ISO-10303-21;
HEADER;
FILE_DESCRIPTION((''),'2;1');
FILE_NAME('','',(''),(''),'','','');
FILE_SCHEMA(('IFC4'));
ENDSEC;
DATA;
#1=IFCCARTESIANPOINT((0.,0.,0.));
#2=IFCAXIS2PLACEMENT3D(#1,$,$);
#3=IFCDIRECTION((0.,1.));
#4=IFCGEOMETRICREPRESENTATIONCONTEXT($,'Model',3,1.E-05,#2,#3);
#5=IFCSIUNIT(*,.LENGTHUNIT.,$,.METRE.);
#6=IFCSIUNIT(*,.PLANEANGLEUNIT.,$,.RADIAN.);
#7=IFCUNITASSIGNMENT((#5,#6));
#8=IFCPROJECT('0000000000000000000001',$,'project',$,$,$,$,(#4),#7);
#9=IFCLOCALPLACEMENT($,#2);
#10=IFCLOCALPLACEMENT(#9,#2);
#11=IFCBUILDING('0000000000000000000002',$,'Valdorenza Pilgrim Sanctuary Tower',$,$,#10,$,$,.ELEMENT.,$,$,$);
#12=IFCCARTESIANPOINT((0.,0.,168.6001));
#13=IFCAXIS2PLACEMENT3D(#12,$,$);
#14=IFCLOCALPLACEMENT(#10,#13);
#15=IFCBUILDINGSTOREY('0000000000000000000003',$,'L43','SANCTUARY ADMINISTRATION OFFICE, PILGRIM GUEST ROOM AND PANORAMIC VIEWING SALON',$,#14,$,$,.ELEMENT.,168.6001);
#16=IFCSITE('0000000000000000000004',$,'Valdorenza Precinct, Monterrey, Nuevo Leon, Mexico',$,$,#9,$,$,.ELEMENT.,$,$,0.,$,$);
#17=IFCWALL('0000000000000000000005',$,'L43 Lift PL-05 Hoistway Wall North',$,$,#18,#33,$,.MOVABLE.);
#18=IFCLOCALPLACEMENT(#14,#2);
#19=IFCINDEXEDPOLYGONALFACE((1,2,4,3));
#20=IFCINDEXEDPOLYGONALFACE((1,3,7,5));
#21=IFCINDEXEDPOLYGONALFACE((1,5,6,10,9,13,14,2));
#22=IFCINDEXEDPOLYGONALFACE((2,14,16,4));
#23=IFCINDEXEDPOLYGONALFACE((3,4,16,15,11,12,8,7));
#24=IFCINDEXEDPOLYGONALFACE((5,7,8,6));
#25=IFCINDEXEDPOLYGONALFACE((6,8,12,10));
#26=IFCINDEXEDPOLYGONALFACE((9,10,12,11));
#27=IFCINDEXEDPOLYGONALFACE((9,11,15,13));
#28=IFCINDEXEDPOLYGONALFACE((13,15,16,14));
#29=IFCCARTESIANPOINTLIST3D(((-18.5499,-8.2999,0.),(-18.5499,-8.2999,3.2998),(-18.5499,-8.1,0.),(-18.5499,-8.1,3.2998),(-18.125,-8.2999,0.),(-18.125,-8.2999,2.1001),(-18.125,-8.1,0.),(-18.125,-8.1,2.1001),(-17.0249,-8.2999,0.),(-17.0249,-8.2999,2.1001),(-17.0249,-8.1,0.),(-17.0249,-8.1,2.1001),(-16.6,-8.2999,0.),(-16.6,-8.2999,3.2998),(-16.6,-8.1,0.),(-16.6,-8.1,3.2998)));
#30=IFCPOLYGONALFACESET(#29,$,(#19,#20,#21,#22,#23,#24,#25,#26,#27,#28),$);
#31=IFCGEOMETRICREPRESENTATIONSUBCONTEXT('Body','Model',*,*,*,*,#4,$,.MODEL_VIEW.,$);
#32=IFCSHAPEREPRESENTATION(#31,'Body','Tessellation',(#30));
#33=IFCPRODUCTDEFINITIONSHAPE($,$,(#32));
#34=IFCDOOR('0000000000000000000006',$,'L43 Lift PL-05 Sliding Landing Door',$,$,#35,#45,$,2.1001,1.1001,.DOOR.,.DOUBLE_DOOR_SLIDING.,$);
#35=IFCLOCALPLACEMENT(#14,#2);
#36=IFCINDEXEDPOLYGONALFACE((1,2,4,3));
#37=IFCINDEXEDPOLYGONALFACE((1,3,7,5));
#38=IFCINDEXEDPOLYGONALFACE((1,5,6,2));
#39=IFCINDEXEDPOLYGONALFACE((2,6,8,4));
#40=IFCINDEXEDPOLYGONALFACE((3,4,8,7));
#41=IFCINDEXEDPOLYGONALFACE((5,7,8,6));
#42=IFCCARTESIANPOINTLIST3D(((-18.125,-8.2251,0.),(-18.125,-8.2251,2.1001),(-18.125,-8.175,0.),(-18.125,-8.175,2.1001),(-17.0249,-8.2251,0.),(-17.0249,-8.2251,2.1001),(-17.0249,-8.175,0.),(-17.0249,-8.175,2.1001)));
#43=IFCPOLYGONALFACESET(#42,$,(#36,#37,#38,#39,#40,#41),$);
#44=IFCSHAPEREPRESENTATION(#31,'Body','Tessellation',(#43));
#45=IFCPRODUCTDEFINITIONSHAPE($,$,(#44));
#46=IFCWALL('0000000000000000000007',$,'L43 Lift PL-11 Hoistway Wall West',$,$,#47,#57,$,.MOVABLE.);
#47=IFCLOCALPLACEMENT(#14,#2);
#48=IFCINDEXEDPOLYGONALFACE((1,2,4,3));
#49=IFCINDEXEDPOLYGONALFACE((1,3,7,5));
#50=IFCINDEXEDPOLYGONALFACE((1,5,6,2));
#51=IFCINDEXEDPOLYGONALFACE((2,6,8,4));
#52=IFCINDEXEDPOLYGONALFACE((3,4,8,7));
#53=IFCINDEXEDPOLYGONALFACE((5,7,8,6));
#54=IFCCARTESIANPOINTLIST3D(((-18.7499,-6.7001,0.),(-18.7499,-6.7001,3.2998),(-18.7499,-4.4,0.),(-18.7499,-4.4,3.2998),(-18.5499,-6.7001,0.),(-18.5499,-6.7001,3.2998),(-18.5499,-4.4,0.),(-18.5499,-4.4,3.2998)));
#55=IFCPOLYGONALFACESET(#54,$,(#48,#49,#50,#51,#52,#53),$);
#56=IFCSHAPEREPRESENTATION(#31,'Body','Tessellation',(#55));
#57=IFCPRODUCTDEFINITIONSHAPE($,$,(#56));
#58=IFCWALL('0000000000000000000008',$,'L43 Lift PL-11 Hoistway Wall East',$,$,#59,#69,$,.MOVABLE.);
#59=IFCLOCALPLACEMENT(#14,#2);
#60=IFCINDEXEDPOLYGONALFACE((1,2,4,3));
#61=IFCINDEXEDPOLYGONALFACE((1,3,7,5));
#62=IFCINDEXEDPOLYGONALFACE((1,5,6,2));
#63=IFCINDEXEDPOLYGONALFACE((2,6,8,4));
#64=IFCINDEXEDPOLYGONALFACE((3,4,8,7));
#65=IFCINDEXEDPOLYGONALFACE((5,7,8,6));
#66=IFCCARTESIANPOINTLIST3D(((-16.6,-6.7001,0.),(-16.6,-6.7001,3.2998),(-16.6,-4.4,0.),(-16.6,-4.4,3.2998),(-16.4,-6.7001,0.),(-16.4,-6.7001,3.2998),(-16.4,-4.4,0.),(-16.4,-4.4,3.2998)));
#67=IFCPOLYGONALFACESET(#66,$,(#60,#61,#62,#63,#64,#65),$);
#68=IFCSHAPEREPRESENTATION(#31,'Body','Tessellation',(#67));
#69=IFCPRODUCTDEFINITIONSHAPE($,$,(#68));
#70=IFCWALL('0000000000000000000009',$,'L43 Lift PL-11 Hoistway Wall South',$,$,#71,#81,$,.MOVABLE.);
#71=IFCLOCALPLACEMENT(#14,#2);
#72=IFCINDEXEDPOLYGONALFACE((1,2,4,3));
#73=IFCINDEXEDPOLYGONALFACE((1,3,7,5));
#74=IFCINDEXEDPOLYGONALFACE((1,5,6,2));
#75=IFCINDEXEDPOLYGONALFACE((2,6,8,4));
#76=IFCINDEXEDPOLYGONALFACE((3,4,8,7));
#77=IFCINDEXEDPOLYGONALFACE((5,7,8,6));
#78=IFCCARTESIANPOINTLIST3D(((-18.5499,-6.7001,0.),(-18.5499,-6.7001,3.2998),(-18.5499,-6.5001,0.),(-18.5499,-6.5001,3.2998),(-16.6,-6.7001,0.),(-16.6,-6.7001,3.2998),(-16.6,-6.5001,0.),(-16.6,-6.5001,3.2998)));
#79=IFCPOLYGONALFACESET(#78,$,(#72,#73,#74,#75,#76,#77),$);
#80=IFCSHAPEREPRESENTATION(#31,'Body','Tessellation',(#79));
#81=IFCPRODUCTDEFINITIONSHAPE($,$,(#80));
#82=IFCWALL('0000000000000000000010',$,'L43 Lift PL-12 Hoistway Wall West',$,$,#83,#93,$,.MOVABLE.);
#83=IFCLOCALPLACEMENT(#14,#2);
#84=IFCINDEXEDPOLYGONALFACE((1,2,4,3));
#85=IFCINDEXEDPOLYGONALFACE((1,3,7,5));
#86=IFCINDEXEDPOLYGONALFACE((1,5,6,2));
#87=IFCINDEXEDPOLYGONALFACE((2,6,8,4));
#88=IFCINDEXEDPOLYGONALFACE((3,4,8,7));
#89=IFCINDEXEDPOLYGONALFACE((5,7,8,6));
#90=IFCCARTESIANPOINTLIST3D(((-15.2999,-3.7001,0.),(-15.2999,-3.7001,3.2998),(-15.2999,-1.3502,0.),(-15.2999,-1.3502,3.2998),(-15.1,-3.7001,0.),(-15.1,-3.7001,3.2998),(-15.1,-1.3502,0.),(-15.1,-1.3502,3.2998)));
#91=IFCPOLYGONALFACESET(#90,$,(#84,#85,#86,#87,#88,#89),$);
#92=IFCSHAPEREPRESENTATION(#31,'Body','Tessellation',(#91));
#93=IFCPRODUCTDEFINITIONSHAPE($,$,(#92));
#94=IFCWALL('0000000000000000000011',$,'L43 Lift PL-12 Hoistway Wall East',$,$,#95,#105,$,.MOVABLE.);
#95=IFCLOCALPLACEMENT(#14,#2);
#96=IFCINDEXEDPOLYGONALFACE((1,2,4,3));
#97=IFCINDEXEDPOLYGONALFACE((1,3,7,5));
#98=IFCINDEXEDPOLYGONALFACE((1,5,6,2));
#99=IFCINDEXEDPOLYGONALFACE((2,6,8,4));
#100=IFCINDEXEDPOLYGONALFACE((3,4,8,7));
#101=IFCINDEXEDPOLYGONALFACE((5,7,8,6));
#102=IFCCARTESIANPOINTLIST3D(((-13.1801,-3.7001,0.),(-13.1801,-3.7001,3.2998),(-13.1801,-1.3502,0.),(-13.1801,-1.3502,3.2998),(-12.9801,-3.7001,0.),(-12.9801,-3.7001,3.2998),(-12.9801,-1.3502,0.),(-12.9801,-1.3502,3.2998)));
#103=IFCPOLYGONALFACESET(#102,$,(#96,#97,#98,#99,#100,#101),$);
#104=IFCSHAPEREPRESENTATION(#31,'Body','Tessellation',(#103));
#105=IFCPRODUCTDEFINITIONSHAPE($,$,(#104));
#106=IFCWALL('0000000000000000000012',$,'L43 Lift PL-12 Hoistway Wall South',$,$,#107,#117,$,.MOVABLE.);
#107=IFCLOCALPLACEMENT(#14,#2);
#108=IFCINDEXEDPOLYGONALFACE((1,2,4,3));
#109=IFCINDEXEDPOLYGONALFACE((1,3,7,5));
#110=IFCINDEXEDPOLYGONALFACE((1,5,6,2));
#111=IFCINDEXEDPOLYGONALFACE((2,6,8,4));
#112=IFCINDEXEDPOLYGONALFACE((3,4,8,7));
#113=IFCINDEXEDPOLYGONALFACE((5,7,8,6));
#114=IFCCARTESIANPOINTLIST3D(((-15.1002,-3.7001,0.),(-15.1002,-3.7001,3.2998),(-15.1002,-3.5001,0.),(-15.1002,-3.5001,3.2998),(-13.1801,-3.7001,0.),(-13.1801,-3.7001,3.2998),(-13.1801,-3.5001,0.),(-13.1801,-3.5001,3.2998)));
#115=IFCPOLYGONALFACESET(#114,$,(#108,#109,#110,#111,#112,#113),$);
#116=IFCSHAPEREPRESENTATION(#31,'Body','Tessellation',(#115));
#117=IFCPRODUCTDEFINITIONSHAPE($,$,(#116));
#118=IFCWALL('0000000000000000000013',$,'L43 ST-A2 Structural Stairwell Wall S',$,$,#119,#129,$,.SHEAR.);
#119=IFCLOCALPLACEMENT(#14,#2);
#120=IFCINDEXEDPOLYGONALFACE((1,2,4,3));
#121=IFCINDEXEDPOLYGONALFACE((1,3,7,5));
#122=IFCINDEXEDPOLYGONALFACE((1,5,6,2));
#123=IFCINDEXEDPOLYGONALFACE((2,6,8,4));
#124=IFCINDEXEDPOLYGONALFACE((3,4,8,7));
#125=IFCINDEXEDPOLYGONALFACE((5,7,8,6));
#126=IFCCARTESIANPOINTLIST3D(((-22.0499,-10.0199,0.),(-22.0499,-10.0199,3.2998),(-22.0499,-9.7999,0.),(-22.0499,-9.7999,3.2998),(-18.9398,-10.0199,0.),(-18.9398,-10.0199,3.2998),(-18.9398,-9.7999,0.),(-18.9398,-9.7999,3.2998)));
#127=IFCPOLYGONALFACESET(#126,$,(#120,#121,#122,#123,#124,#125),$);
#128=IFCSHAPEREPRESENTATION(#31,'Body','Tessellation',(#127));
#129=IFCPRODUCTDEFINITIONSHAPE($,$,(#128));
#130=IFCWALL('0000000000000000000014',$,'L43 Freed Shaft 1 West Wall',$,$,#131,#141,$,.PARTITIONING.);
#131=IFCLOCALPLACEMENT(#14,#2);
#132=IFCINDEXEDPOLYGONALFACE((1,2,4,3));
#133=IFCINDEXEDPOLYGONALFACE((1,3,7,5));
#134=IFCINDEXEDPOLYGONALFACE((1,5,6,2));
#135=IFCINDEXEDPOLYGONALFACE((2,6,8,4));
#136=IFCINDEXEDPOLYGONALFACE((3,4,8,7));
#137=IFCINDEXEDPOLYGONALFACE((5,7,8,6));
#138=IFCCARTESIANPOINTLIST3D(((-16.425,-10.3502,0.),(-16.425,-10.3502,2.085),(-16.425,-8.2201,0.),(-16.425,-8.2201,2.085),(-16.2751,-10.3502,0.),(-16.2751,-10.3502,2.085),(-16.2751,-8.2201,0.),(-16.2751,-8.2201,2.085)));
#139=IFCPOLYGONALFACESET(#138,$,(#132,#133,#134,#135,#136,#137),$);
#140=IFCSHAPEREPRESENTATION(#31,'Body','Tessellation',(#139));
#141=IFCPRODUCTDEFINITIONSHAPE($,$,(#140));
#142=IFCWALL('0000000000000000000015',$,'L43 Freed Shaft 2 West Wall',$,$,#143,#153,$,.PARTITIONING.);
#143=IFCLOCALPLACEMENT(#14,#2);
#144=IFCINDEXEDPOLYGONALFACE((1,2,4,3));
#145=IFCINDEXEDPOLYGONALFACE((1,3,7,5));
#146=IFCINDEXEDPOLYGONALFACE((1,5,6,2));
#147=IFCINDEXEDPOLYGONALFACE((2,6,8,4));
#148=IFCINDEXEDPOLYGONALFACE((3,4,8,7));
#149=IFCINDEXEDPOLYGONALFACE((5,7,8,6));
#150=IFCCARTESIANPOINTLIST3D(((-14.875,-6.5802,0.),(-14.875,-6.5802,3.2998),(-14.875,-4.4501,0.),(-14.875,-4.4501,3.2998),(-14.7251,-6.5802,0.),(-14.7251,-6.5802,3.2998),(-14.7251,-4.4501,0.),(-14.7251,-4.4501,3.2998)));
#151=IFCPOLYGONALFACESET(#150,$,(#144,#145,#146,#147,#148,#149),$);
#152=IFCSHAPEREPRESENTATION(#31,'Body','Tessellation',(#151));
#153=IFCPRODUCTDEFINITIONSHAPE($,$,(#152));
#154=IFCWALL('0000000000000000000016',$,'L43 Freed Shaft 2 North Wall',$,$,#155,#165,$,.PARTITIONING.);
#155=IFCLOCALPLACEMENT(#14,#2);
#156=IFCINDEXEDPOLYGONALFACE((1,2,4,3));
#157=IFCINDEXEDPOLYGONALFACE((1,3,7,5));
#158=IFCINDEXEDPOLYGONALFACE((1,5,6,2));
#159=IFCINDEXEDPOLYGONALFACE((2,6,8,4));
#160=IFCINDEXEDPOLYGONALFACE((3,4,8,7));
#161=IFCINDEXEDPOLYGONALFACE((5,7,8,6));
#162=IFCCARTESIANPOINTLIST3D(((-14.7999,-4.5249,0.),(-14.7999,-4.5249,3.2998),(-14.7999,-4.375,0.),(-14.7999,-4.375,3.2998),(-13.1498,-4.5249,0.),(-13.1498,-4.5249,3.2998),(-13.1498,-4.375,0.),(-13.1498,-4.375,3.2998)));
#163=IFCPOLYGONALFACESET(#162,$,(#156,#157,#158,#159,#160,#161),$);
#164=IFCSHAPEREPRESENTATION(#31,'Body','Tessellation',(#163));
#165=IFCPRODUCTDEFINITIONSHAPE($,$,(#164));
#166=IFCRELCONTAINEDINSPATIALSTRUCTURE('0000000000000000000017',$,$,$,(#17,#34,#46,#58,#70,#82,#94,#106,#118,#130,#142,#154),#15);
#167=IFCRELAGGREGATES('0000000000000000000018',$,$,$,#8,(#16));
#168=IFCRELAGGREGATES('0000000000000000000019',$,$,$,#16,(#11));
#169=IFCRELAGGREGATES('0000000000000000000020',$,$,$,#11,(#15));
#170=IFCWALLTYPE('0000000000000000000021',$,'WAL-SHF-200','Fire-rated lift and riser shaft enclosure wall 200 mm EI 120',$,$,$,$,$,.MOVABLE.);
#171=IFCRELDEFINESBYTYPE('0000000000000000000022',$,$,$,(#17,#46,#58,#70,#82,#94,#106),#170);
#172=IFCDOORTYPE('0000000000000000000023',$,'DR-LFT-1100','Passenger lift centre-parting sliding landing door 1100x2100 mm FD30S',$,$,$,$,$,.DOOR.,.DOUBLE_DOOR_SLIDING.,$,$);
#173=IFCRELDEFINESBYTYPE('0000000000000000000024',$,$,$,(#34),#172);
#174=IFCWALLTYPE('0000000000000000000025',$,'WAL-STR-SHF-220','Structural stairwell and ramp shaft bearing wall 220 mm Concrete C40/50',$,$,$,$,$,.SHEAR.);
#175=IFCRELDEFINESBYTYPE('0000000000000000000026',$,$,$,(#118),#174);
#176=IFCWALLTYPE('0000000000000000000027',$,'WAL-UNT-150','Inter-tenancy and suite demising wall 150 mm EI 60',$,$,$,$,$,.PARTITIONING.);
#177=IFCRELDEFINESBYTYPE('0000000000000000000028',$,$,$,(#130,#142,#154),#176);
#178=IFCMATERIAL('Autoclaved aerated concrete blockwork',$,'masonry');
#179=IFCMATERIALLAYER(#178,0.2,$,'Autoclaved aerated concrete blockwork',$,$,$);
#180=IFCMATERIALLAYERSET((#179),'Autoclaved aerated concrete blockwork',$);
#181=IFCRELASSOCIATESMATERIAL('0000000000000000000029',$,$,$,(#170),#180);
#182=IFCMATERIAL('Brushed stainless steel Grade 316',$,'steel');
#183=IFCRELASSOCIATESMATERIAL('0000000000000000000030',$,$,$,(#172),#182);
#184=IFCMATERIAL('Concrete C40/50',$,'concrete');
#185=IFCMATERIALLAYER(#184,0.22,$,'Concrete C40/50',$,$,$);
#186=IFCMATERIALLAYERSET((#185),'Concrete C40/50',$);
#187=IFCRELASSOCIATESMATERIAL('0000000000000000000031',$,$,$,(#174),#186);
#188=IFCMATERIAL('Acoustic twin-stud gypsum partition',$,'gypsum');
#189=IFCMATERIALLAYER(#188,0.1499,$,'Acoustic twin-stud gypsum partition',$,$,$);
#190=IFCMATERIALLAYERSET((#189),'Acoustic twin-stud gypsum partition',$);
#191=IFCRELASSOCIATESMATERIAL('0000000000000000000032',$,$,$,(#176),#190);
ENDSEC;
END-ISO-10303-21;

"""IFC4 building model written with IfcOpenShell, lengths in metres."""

from ifc_helpers import new_model, si_unit, direction, frame, frame_2d, origin, place, context, subcontext, project, spatial, rectangle, extrude, material, layer, layer_set, type_object, element, fill, save


model = new_model("IFC4")

# Units and contexts
model_context = context("Model", 3, precision=1e-05, world=origin(), true_north=direction((0.0, 1.0)))
body_context = subcontext(model_context, "Body", "Model", "MODEL_VIEW")
ifc_project = project(units=[si_unit("LENGTHUNIT", "METRE"), si_unit("PLANEANGLEUNIT", "RADIAN")], contexts=[model_context])

# Site, building, storey
site_placement = place(None, origin())
site = spatial("IfcSite", under=ifc_project, at=site_placement, Name="Valdorenza Precinct, Monterrey, Nuevo Leon, Mexico", CompositionType="ELEMENT", RefElevation=0.0)
building_placement = place(site_placement, origin())
building = spatial("IfcBuilding", under=site, at=building_placement, Name="Valdorenza Pilgrim Sanctuary Tower", CompositionType="ELEMENT")
storey_placement = place(building_placement, frame((0.0, 0.0, 168.6001)))
storey = spatial("IfcBuildingStorey", under=building, at=storey_placement, Name="L43", Description="SANCTUARY ADMINISTRATION OFFICE, PILGRIM GUEST ROOM AND PANORAMIC VIEWING SALON", CompositionType="ELEMENT", Elevation=168.6001)

# Shared definitions
ifc_material_1 = material(Name="Acoustic twin-stud gypsum partition", Category="gypsum")

# Shared definitions
ifc_material_2 = material(Name="Autoclaved aerated concrete blockwork", Category="masonry")
ifc_layer_1 = layer(ifc_material_2, 0.2, Name="Autoclaved aerated concrete blockwork")
ifc_layer_set_1 = layer_set([ifc_layer_1], Name="Autoclaved aerated concrete blockwork")
wall_type_1 = type_object("IfcWallType", Name="WAL-SHF-200", Description="Fire-rated lift and riser shaft enclosure wall 200 mm EI 120", PredefinedType="MOVABLE", material=ifc_layer_set_1)

# Wall, opening, door
wall_1_placement = place(storey_placement, frame((-18.55, -8.2, 0.0), z_axis=(0.0, 0.0, 1.0), x_axis=(1.0, 0.0, 0.0)))
wall_1 = element("IfcWall", 1, at=wall_1_placement, inside=storey, type_object=wall_type_1, Name="L43 Lift PL-05 Hoistway Wall North", PredefinedType="MOVABLE", context=body_context, shape_type="SweptSolid", body=[
    extrude(rectangle(XDim=1.95, YDim=0.2, at=frame_2d((0.9751, 0.0))), origin(), (0.0, 0.0, 1.0), 3.2998),
])
opening_1_placement = place(wall_1_placement, frame((0.425, 0.0, 0.0)))
opening_1 = element("IfcOpeningElement", 2, at=opening_1_placement, cuts=wall_1, PredefinedType="OPENING", context=body_context, shape_type="SweptSolid", body=[
    extrude(rectangle(XDim=1.1001, YDim=2.1001, at=frame_2d((0.55, 1.05))), frame((0.0, 0.1147, 0.0), z_axis=(0.0, -1.0, 0.0), x_axis=(1.0, 0.0, 0.0)), (0.0, 0.0, 1.0), 0.2297),
])
ifc_material_3 = material(Name="Brushed stainless steel Grade 316", Category="steel")
door_type_1 = type_object("IfcDoorType", Name="DR-LFT-1100", Description="Passenger lift centre-parting sliding landing door 1100x2100 mm FD30S", OperationType="DOUBLE_DOOR_SLIDING", PredefinedType="DOOR", material=ifc_material_3)
door_1_placement = place(opening_1_placement, origin())
door_1 = element("IfcDoor", 3, at=door_1_placement, inside=storey, type_object=door_type_1, Name="L43 Lift PL-05 Sliding Landing Door", OperationType="DOUBLE_DOOR_SLIDING", OverallHeight=2.1001, OverallWidth=1.1001, PredefinedType="DOOR", context=body_context, shape_type="SweptSolid", body=[
    extrude(rectangle(XDim=1.1001, YDim=2.1001, at=frame_2d((0.55, 1.05))), frame((0.0, 0.0249, 0.0), z_axis=(0.0, -1.0, 0.0), x_axis=(1.0, 0.0, 0.0)), (0.0, 0.0, 1.0), 0.05),
])
fill(opening_1, door_1)

# Walls
for number, where, z_axis, x_axis, name in (
    (4, (-18.6499, -6.7, 0.0), (0.0, 0.0, 1.0), (0.0, 1.0, 0.0), "L43 Lift PL-11 Hoistway Wall West"),
    (5, (-16.5, -6.7, 0.0), (0.0, 0.0, 1.0), (0.0, 1.0, 0.0), "L43 Lift PL-11 Hoistway Wall East"),
):
    element("IfcWall", number, at=place(storey_placement, frame(where, z_axis=z_axis, x_axis=x_axis)), inside=storey, type_object=wall_type_1, Name=name, PredefinedType="MOVABLE", context=body_context, shape_type="SweptSolid", body=[
        extrude(rectangle(XDim=2.3, YDim=0.2, at=frame_2d((1.1499, 0.0))), origin(), (0.0, 0.0, 1.0), 3.2998),
    ])
wall_2_placement = place(storey_placement, frame((-18.55, -6.6001, 0.0), z_axis=(0.0, 0.0, 1.0), x_axis=(1.0, 0.0, 0.0)))
element("IfcWall", 6, at=wall_2_placement, inside=storey, type_object=wall_type_1, Name="L43 Lift PL-11 Hoistway Wall South", PredefinedType="MOVABLE", context=body_context, shape_type="SweptSolid", body=[
    extrude(rectangle(XDim=1.95, YDim=0.2, at=frame_2d((0.9751, 0.0))), origin(), (0.0, 0.0, 1.0), 3.2998),
])
for number, where, z_axis, x_axis, name in (
    (7, (-15.2, -3.7, 0.0), (0.0, 0.0, 1.0), (0.0, 1.0, 0.0), "L43 Lift PL-12 Hoistway Wall West"),
    (8, (-13.0801, -3.7, 0.0), (0.0, 0.0, 1.0), (0.0, 1.0, 0.0), "L43 Lift PL-12 Hoistway Wall East"),
):
    element("IfcWall", number, at=place(storey_placement, frame(where, z_axis=z_axis, x_axis=x_axis)), inside=storey, type_object=wall_type_1, Name=name, PredefinedType="MOVABLE", context=body_context, shape_type="SweptSolid", body=[
        extrude(rectangle(XDim=2.3499, YDim=0.2, at=frame_2d((1.1748, 0.0))), origin(), (0.0, 0.0, 1.0), 3.2998),
    ])
wall_3_placement = place(storey_placement, frame((-15.1001, -3.6001, 0.0), z_axis=(0.0, 0.0, 1.0), x_axis=(1.0, 0.0, 0.0)))
element("IfcWall", 9, at=wall_3_placement, inside=storey, type_object=wall_type_1, Name="L43 Lift PL-12 Hoistway Wall South", PredefinedType="MOVABLE", context=body_context, shape_type="SweptSolid", body=[
    extrude(rectangle(XDim=1.9202, YDim=0.2, at=frame_2d((0.96, 0.0))), origin(), (0.0, 0.0, 1.0), 3.2998),
])
ifc_material_4 = material(Name="Concrete C40/50", Category="concrete")
ifc_layer_2 = layer(ifc_material_4, 0.22, Name="Concrete C40/50")
ifc_layer_set_2 = layer_set([ifc_layer_2], Name="Concrete C40/50")
wall_type_2 = type_object("IfcWallType", Name="WAL-STR-SHF-220", Description="Structural stairwell and ramp shaft bearing wall 220 mm Concrete C40/50", PredefinedType="SHEAR", material=ifc_layer_set_2)
wall_4_placement = place(storey_placement, frame((-22.05, -9.9099, 0.0), z_axis=(0.0, 0.0, 1.0), x_axis=(1.0, 0.0, 0.0)))
element("IfcWall", 10, at=wall_4_placement, inside=storey, type_object=wall_type_2, Name="L43 ST-A2 Structural Stairwell Wall S", PredefinedType="SHEAR", context=body_context, shape_type="SweptSolid", body=[
    extrude(rectangle(XDim=3.1101, YDim=0.22, at=frame_2d((1.5552, 0.0))), origin(), (0.0, 0.0, 1.0), 3.2998),
])
ifc_layer_3 = layer(ifc_material_1, 0.1499, Name="Acoustic twin-stud gypsum partition")
ifc_layer_set_3 = layer_set([ifc_layer_3], Name="Acoustic twin-stud gypsum partition")
wall_type_3 = type_object("IfcWallType", Name="WAL-UNT-150", Description="Inter-tenancy and suite demising wall 150 mm EI 60", PredefinedType="PARTITIONING", material=ifc_layer_set_3)
wall_5_placement = place(storey_placement, frame((-16.3501, -10.3501, 0.0), z_axis=(0.0, 0.0, 1.0), x_axis=(0.0, 1.0, 0.0)))
element("IfcWall", 11, at=wall_5_placement, inside=storey, type_object=wall_type_3, Name="L43 Freed Shaft 1 West Wall", PredefinedType="PARTITIONING", context=body_context, shape_type="SweptSolid", body=[
    extrude(rectangle(XDim=2.1301, YDim=0.1499, at=frame_2d((1.0649, 0.0))), origin(), (0.0, 0.0, 1.0), 2.085),
])
wall_6_placement = place(storey_placement, frame((-14.8, -6.5801, 0.0), z_axis=(0.0, 0.0, 1.0), x_axis=(0.0, 1.0, 0.0)))
element("IfcWall", 12, at=wall_6_placement, inside=storey, type_object=wall_type_3, Name="L43 Freed Shaft 2 West Wall", PredefinedType="PARTITIONING", context=body_context, shape_type="SweptSolid", body=[
    extrude(rectangle(XDim=2.1301, YDim=0.1499, at=frame_2d((1.0649, 0.0))), origin(), (0.0, 0.0, 1.0), 3.2998),
])
wall_7_placement = place(storey_placement, frame((-14.8, -4.45, 0.0), z_axis=(0.0, 0.0, 1.0), x_axis=(1.0, 0.0, 0.0)))
element("IfcWall", 13, at=wall_7_placement, inside=storey, type_object=wall_type_3, Name="L43 Freed Shaft 2 North Wall", PredefinedType="PARTITIONING", context=body_context, shape_type="SweptSolid", body=[
    extrude(rectangle(XDim=1.6501, YDim=0.1499, at=frame_2d((0.8252, 0.0))), origin(), (0.0, 0.0, 1.0), 3.2998),
])

save(model, "model.ifc")
